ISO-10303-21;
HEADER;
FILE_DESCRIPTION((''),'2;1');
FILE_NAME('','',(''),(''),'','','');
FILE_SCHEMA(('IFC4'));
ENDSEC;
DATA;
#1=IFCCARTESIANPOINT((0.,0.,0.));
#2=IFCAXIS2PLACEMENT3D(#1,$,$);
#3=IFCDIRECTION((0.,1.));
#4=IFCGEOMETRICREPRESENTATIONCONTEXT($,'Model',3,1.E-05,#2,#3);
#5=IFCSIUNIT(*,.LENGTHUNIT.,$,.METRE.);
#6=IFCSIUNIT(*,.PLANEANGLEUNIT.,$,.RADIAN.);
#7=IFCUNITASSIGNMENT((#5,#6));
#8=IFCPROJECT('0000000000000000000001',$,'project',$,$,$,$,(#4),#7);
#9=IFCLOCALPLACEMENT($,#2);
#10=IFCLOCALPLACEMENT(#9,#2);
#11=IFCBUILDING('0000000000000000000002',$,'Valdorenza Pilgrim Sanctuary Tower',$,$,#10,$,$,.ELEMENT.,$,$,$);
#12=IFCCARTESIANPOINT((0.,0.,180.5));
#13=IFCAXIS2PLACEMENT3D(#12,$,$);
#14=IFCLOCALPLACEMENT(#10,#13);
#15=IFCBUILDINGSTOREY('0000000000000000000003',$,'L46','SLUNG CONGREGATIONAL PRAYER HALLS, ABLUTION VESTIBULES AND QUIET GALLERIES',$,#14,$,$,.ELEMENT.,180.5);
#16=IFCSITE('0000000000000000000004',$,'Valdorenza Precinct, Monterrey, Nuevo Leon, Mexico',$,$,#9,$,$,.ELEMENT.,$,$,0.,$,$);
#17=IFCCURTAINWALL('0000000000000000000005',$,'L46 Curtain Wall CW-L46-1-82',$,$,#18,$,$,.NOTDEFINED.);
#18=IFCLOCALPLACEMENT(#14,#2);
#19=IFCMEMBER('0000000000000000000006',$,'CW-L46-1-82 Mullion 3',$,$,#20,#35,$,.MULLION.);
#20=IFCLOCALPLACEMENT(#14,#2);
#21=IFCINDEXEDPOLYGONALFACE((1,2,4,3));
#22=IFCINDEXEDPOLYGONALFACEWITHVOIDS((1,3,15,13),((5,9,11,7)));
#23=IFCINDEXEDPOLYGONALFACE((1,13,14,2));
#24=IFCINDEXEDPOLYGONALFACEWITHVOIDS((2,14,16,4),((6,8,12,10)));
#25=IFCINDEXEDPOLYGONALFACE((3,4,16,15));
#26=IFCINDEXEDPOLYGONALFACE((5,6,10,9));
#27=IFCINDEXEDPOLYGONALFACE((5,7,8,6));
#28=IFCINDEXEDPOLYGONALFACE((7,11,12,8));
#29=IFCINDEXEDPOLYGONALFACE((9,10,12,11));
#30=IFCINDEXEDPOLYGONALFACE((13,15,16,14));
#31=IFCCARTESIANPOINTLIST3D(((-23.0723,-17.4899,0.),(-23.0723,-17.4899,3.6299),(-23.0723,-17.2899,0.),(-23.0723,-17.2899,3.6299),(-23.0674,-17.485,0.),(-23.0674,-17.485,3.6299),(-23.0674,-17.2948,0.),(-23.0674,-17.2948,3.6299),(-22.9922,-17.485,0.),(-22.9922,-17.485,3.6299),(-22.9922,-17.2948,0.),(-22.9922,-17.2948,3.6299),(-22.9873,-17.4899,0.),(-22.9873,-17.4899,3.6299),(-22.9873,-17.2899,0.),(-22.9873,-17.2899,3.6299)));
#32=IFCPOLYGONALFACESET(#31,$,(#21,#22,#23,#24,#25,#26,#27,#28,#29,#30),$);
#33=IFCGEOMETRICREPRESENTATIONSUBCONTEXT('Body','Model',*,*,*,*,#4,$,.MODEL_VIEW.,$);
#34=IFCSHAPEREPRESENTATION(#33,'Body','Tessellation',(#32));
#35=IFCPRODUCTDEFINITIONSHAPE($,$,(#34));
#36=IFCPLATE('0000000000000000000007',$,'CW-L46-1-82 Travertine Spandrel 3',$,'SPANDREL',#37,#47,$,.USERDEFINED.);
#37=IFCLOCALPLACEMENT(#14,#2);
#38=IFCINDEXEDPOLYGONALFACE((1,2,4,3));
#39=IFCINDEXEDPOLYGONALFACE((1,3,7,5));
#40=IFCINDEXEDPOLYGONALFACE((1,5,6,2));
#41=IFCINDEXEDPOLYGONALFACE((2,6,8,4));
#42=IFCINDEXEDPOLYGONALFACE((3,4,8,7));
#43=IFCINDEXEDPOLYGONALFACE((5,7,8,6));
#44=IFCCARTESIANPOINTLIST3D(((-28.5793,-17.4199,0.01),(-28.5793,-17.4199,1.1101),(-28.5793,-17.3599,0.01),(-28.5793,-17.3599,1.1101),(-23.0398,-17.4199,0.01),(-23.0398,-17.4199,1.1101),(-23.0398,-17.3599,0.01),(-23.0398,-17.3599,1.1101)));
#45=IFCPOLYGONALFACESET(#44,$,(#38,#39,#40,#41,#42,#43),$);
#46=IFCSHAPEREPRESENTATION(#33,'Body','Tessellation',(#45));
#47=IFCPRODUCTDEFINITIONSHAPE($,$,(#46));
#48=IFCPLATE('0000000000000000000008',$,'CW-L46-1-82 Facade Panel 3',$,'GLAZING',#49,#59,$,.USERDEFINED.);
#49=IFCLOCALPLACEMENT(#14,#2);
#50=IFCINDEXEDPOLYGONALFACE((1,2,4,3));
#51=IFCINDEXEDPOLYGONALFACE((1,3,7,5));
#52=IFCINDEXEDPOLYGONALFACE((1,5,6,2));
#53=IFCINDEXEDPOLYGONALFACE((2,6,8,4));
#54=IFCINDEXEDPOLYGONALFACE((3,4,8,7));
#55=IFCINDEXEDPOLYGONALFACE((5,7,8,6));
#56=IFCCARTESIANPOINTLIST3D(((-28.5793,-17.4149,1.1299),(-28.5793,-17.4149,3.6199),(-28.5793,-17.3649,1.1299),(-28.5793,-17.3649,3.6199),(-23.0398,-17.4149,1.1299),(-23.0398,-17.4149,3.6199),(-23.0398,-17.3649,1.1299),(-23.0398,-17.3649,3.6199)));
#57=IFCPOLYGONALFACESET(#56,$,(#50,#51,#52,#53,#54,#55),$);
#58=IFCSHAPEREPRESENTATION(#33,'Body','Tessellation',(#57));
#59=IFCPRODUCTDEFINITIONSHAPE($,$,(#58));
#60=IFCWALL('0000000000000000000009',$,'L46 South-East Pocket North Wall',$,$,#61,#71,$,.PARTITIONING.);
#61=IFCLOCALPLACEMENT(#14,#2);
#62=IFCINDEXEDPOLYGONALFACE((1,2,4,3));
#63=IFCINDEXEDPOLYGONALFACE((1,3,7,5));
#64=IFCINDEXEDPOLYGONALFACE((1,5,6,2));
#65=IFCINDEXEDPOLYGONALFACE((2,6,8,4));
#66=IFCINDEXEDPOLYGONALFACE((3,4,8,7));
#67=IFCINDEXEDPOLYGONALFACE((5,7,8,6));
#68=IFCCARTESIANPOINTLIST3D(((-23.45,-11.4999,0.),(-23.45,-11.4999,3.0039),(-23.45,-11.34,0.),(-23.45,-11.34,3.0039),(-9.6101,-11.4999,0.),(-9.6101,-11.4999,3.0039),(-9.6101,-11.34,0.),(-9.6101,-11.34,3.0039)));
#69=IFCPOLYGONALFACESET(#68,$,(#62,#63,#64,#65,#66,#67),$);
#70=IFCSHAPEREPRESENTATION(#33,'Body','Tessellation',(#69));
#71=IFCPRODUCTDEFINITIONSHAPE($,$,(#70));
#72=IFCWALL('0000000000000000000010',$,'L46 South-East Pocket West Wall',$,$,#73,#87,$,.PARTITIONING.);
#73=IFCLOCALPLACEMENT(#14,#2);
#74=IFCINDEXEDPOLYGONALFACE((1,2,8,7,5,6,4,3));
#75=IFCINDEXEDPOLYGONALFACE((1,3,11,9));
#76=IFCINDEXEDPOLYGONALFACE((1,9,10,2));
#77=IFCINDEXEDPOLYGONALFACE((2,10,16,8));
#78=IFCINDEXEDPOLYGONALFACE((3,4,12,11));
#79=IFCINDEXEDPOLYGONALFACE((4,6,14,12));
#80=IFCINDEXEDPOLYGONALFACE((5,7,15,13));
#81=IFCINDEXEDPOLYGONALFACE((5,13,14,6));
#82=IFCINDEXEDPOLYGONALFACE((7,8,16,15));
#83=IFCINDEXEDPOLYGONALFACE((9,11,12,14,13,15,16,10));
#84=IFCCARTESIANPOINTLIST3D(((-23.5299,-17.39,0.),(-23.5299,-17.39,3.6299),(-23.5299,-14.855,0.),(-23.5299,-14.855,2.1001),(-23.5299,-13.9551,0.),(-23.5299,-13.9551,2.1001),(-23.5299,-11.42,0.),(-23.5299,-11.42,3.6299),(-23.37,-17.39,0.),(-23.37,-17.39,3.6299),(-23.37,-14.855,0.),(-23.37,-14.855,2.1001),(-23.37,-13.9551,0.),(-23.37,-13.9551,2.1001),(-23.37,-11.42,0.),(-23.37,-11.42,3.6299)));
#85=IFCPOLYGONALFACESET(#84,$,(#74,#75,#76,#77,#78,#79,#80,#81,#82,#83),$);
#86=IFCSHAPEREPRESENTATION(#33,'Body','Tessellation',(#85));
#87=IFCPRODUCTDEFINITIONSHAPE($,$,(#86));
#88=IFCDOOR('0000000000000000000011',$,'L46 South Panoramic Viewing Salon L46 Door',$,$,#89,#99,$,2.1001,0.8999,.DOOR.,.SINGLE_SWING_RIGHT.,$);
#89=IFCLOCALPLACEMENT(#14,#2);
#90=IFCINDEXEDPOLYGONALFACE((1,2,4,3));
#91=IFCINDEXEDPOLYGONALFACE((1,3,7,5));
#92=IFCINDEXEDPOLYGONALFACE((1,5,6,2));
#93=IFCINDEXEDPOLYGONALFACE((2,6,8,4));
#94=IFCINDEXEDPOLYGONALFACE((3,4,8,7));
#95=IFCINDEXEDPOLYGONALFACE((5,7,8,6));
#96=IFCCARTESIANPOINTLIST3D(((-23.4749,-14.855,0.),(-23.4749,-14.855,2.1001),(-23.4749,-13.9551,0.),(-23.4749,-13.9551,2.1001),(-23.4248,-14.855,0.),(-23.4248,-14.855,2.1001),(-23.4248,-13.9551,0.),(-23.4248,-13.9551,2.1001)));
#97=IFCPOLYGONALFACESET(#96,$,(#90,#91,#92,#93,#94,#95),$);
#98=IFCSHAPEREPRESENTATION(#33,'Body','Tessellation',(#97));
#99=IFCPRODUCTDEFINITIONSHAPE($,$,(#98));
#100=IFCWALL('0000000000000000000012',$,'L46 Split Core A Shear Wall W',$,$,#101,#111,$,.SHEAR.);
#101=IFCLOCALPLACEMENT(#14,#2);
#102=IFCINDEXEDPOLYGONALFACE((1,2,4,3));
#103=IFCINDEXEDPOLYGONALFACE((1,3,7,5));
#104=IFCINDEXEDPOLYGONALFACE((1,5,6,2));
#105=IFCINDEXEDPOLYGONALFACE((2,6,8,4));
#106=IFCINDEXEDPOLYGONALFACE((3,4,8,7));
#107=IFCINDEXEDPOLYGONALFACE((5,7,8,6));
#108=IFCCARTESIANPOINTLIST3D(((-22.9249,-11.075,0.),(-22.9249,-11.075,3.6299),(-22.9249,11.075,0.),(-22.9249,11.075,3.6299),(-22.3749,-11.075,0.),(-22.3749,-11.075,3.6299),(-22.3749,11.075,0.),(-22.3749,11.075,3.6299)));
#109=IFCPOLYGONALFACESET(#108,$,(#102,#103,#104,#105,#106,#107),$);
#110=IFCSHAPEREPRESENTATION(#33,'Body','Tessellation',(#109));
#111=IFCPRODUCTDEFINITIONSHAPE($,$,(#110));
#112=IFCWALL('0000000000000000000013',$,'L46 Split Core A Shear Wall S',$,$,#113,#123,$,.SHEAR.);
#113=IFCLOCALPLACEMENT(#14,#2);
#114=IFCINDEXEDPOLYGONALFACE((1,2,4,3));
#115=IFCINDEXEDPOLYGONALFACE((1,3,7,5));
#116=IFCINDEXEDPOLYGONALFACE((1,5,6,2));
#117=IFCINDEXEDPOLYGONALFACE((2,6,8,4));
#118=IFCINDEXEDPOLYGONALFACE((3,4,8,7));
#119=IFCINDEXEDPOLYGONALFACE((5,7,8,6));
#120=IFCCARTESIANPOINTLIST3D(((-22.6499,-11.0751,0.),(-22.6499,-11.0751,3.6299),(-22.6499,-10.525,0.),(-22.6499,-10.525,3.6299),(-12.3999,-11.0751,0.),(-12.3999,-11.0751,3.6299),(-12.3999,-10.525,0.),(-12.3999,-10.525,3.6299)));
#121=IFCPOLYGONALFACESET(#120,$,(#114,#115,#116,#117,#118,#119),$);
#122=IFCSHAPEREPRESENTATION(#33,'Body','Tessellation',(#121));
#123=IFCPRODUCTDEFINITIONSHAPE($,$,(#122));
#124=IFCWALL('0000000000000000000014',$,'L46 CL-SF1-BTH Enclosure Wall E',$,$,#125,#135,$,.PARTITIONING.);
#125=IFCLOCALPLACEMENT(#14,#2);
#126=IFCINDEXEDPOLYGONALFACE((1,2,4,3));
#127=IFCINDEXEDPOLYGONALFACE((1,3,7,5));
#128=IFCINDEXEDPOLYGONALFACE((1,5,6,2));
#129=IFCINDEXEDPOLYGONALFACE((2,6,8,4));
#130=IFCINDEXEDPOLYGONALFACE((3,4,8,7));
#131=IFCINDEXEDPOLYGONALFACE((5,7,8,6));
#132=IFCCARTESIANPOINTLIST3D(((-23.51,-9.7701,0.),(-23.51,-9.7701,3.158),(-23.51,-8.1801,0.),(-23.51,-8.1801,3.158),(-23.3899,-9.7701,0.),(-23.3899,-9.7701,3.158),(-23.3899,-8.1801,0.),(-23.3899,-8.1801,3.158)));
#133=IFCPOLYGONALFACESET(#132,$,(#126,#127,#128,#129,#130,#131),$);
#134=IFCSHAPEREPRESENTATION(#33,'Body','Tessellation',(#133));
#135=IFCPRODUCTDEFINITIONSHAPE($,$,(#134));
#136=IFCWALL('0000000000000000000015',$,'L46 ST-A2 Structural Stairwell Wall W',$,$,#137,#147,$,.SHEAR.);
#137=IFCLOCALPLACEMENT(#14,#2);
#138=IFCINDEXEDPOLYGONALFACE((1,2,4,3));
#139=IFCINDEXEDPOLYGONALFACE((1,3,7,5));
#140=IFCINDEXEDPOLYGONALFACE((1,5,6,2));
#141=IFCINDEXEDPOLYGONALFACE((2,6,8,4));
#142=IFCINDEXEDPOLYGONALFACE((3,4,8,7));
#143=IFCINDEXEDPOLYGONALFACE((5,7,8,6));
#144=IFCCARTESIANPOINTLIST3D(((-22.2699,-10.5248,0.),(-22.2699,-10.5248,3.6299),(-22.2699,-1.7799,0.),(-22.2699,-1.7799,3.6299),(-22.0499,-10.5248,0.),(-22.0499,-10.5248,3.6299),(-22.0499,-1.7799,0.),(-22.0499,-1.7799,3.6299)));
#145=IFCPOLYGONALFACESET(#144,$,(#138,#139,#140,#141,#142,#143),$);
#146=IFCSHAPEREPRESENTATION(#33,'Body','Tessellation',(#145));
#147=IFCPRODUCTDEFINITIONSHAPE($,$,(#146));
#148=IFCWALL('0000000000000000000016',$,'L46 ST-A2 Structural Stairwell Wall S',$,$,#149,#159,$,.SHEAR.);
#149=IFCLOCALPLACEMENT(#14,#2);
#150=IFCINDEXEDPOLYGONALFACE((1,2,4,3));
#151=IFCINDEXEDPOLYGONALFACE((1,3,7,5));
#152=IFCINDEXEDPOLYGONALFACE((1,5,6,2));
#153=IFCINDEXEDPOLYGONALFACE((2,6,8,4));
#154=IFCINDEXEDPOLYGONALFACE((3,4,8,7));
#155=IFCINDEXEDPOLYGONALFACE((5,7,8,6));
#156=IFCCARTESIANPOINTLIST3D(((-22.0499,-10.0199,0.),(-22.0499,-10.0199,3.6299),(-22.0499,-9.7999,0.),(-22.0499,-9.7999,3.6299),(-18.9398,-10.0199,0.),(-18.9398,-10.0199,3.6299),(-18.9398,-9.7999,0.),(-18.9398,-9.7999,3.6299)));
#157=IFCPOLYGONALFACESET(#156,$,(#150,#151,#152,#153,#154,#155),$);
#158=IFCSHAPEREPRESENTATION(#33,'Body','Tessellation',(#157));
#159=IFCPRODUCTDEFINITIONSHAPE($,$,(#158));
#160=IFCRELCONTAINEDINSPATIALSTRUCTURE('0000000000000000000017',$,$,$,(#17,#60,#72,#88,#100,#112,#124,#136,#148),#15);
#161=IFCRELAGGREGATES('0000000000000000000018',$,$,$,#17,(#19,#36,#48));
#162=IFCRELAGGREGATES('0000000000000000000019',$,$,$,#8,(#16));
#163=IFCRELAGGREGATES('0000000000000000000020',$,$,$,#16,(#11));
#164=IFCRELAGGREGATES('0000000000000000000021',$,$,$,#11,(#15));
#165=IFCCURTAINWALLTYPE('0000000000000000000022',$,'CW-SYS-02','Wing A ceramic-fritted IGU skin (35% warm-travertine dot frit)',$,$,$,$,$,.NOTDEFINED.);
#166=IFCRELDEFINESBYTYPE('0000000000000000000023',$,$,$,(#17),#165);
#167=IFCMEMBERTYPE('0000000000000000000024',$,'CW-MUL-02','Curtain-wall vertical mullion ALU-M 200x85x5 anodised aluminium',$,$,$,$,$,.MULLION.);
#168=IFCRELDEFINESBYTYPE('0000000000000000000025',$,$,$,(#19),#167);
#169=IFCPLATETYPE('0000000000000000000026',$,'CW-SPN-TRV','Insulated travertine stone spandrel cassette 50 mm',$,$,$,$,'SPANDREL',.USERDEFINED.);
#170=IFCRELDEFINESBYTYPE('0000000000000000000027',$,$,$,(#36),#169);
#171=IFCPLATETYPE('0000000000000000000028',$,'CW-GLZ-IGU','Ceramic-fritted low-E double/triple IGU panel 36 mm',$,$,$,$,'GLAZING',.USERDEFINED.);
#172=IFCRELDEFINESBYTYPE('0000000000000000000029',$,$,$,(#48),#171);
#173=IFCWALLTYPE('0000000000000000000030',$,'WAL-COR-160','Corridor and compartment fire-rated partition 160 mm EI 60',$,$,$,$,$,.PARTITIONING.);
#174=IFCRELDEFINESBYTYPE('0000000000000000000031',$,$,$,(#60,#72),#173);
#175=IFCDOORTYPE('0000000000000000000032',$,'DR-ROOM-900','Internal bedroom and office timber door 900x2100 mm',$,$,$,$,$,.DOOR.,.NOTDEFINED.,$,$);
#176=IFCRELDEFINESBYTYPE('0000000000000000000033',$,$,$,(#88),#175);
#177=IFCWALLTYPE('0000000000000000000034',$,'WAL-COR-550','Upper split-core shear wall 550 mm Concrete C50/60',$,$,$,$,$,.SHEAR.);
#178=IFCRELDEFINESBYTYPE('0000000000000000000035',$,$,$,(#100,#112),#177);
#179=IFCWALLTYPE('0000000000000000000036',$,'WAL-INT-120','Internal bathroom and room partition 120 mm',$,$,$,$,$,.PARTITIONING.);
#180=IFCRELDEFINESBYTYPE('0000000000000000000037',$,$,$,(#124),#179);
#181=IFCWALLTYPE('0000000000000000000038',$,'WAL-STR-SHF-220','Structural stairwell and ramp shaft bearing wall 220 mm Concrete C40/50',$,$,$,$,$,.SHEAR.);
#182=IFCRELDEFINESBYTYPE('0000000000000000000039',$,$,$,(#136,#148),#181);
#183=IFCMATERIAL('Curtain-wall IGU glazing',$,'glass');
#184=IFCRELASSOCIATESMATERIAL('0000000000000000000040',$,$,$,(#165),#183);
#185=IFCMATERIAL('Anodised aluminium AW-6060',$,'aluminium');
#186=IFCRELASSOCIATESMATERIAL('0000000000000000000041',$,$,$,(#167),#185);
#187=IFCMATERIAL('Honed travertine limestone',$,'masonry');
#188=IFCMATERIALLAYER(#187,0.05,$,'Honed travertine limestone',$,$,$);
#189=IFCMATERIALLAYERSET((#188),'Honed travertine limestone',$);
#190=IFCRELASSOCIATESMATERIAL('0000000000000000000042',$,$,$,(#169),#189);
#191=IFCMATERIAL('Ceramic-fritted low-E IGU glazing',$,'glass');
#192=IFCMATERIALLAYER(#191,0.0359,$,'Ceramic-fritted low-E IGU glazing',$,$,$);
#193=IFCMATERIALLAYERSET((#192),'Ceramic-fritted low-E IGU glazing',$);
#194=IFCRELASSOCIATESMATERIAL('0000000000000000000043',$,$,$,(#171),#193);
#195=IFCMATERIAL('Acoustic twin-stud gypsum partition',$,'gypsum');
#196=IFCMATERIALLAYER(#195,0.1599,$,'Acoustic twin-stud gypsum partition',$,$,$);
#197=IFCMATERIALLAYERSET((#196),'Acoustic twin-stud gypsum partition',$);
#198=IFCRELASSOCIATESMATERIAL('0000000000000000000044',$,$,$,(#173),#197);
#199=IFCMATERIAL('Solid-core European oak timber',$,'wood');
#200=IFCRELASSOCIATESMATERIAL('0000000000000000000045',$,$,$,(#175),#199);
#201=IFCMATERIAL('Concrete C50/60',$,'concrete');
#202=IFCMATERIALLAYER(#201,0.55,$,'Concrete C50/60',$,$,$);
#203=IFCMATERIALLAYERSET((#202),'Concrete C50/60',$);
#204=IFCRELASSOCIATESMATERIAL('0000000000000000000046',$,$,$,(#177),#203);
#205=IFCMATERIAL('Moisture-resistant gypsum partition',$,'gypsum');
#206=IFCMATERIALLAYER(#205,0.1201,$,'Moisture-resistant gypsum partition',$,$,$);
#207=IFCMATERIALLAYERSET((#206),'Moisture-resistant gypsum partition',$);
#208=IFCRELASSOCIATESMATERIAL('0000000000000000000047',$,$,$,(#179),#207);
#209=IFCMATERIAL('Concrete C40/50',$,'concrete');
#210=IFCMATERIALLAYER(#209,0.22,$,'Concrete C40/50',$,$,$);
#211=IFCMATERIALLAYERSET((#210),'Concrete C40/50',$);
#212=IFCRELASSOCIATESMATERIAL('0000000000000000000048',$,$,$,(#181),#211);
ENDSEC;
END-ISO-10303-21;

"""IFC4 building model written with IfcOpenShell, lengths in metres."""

from ifc_helpers import new_model, si_unit, direction, frame, frame_2d, origin, origin_2d, place, context, subcontext, project, spatial, rectangle, hollow_rectangle, extrude, source, transform, mapped, material, layer, layer_set, material_profile, profile_set, type_object, element, fill, aggregate, save


model = new_model("IFC4")

# Units and contexts
model_context = context("Model", 3, precision=1e-05, world=origin(), true_north=direction((0.0, 1.0)))
body_context = subcontext(model_context, "Body", "Model", "MODEL_VIEW")
ifc_project = project(units=[si_unit("LENGTHUNIT", "METRE"), si_unit("PLANEANGLEUNIT", "RADIAN")], contexts=[model_context])

# Site, building, storey
site_placement = place(None, origin())
site = spatial("IfcSite", under=ifc_project, at=site_placement, Name="Valdorenza Precinct, Monterrey, Nuevo Leon, Mexico", CompositionType="ELEMENT", RefElevation=0.0)
building_placement = place(site_placement, origin())
building = spatial("IfcBuilding", under=site, at=building_placement, Name="Valdorenza Pilgrim Sanctuary Tower", CompositionType="ELEMENT")
storey_placement = place(building_placement, frame((0.0, 0.0, 180.5)))
storey = spatial("IfcBuildingStorey", under=building, at=storey_placement, Name="L46", Description="SLUNG CONGREGATIONAL PRAYER HALLS, ABLUTION VESTIBULES AND QUIET GALLERIES", CompositionType="ELEMENT", Elevation=180.5)

# Shared definitions
ifc_material_1 = material(Name="Concrete C50/60", Category="concrete")

# Curtain wall, member, plates
ifc_material_2 = material(Name="Curtain-wall IGU glazing", Category="glass")
curtain_wall_type = type_object("IfcCurtainWallType", Name="CW-SYS-02", Description="Wing A ceramic-fritted IGU skin (35% warm-travertine dot frit)", PredefinedType="NOTDEFINED", material=ifc_material_2)
curtain_wall_placement = place(storey_placement, origin())
curtain_wall = element("IfcCurtainWall", 1, at=curtain_wall_placement, inside=storey, type_object=curtain_wall_type, Name="L46 Curtain Wall CW-L46-1-82", PredefinedType="NOTDEFINED")
ifc_material_3 = material(Name="Anodised aluminium AW-6060", Category="aluminium")
ifc_material_profile_1 = material_profile(ifc_material_3, hollow_rectangle(XDim=0.085, YDim=0.2, WallThickness=0.0049, at=origin_2d()), Name="ALU-M 200x85x5")
ifc_profile_set_1 = profile_set([ifc_material_profile_1], Name="Anodised aluminium AW-6060")
member_type = type_object("IfcMemberType", Name="CW-MUL-02", Description="Curtain-wall vertical mullion ALU-M 200x85x5 anodised aluminium", PredefinedType="MULLION", material=ifc_profile_set_1)
shared_shape_1 = source(origin(), body_context, "Body", "SweptSolid", [
    extrude(hollow_rectangle(XDim=0.085, YDim=0.2, WallThickness=0.0049, at=origin_2d()), origin(), (0.0, 0.0, 1.0), 3.6299),
])
member_placement = place(storey_placement, frame((-23.0298, -17.3899, 0.0), z_axis=(0.0, 0.0, 1.0), x_axis=(-1.0, 0.0, 0.0)))
member = element("IfcMember", 2, at=member_placement, type_object=member_type, Name="CW-L46-1-82 Mullion 3", PredefinedType="MULLION", context=body_context, shape_type="MappedRepresentation", body=[
    mapped(shared_shape_1, transform((0.0, 0.0, 0.0), x_axis=(1.0, 0.0, 0.0), y_axis=(0.0, 1.0, 0.0), z_axis=(0.0, 0.0, 1.0), scale=1.0)),
])
ifc_material_4 = material(Name="Honed travertine limestone", Category="masonry")
ifc_layer_1 = layer(ifc_material_4, 0.05, Name="Honed travertine limestone")
ifc_layer_set_1 = layer_set([ifc_layer_1], Name="Honed travertine limestone")
plate_type_1 = type_object("IfcPlateType", Name="CW-SPN-TRV", Description="Insulated travertine stone spandrel cassette 50 mm", ElementType="SPANDREL", PredefinedType="USERDEFINED", material=ifc_layer_set_1)
shared_shape_2 = source(origin(), body_context, "Body", "SweptSolid", [
    extrude(rectangle(XDim=5.5396, YDim=0.0601, at=origin_2d()), origin(), (0.0, 0.0, 1.0), 1.1001),
])
plate_1_placement = place(storey_placement, frame((-25.8096, -17.3899, 0.01), z_axis=(0.0, 0.0, 1.0), x_axis=(-1.0, 0.0, 0.0)))
plate_1 = element("IfcPlate", 3, at=plate_1_placement, type_object=plate_type_1, Name="CW-L46-1-82 Travertine Spandrel 3", ObjectType="SPANDREL", PredefinedType="USERDEFINED", context=body_context, shape_type="MappedRepresentation", body=[
    mapped(shared_shape_2, transform((0.0, 0.0, 0.0), x_axis=(1.0, 0.0, 0.0), y_axis=(0.0, 1.0, 0.0), z_axis=(0.0, 0.0, 1.0), scale=1.0)),
])
ifc_material_5 = material(Name="Ceramic-fritted low-E IGU glazing", Category="glass")
ifc_layer_2 = layer(ifc_material_5, 0.0359, Name="Ceramic-fritted low-E IGU glazing")
ifc_layer_set_2 = layer_set([ifc_layer_2], Name="Ceramic-fritted low-E IGU glazing")
plate_type_2 = type_object("IfcPlateType", Name="CW-GLZ-IGU", Description="Ceramic-fritted low-E double/triple IGU panel 36 mm", ElementType="GLAZING", PredefinedType="USERDEFINED", material=ifc_layer_set_2)
shared_shape_3 = source(origin(), body_context, "Body", "SweptSolid", [
    extrude(rectangle(XDim=5.5396, YDim=0.05, at=origin_2d()), origin(), (0.0, 0.0, 1.0), 2.49),
])
plate_2_placement = place(storey_placement, frame((-25.8096, -17.3899, 1.1299), z_axis=(0.0, 0.0, 1.0), x_axis=(-1.0, 0.0, 0.0)))
plate_2 = element("IfcPlate", 4, at=plate_2_placement, type_object=plate_type_2, Name="CW-L46-1-82 Facade Panel 3", ObjectType="GLAZING", PredefinedType="USERDEFINED", context=body_context, shape_type="MappedRepresentation", body=[
    mapped(shared_shape_3, transform((0.0, 0.0, 0.0), x_axis=(1.0, 0.0, 0.0), y_axis=(0.0, 1.0, 0.0), z_axis=(0.0, 0.0, 1.0), scale=1.0)),
])
aggregate(curtain_wall, [member, plate_1, plate_2])

# Wall
ifc_material_6 = material(Name="Acoustic twin-stud gypsum partition", Category="gypsum")
ifc_layer_3 = layer(ifc_material_6, 0.1599, Name="Acoustic twin-stud gypsum partition")
ifc_layer_set_3 = layer_set([ifc_layer_3], Name="Acoustic twin-stud gypsum partition")
wall_type_1 = type_object("IfcWallType", Name="WAL-COR-160", Description="Corridor and compartment fire-rated partition 160 mm EI 60", PredefinedType="PARTITIONING", material=ifc_layer_set_3)
wall_1_placement = place(storey_placement, frame((-23.45, -11.4199, 0.0), z_axis=(0.0, 0.0, 1.0), x_axis=(1.0, 0.0, 0.0)))
element("IfcWall", 5, at=wall_1_placement, inside=storey, type_object=wall_type_1, Name="L46 South-East Pocket North Wall", PredefinedType="PARTITIONING", context=body_context, shape_type="SweptSolid", body=[
    extrude(rectangle(XDim=13.8398, YDim=0.1599, at=frame_2d((6.9199, 0.0))), origin(), (0.0, 0.0, 1.0), 3.0039),
])

# Wall, opening, door
wall_2_placement = place(storey_placement, frame((-23.45, -17.3899, 0.0), z_axis=(0.0, 0.0, 1.0), x_axis=(0.0, 1.0, 0.0)))
wall_2 = element("IfcWall", 6, at=wall_2_placement, inside=storey, type_object=wall_type_1, Name="L46 South-East Pocket West Wall", PredefinedType="PARTITIONING", context=body_context, shape_type="SweptSolid", body=[
    extrude(rectangle(XDim=5.97, YDim=0.1599, at=frame_2d((2.9849, 0.0))), origin(), (0.0, 0.0, 1.0), 3.6299),
])
opening_placement = place(wall_2_placement, frame((2.5349, 0.0, 0.0)))
opening = element("IfcOpeningElement", 7, at=opening_placement, cuts=wall_2, PredefinedType="OPENING", context=body_context, shape_type="SweptSolid", body=[
    extrude(rectangle(XDim=0.8999, YDim=2.1001, at=frame_2d((0.45, 1.05))), frame((0.0, 0.0947, 0.0), z_axis=(0.0, -1.0, 0.0), x_axis=(1.0, 0.0, 0.0)), (0.0, 0.0, 1.0), 0.1897),
])
ifc_material_7 = material(Name="Solid-core European oak timber", Category="wood")
door_type = type_object("IfcDoorType", Name="DR-ROOM-900", Description="Internal bedroom and office timber door 900x2100 mm", OperationType="NOTDEFINED", PredefinedType="DOOR", material=ifc_material_7)
door_placement = place(opening_placement, origin())
door = element("IfcDoor", 8, at=door_placement, inside=storey, type_object=door_type, Name="L46 South Panoramic Viewing Salon L46 Door", OperationType="SINGLE_SWING_RIGHT", OverallHeight=2.1001, OverallWidth=0.8999, PredefinedType="DOOR", context=body_context, shape_type="SweptSolid", body=[
    extrude(rectangle(XDim=0.8999, YDim=2.1001, at=frame_2d((0.45, 1.05))), frame((0.0, 0.0249, 0.0), z_axis=(0.0, -1.0, 0.0), x_axis=(1.0, 0.0, 0.0)), (0.0, 0.0, 1.0), 0.05),
])
fill(opening, door)

# Walls
ifc_layer_4 = layer(ifc_material_1, 0.55, Name="Concrete C50/60")
ifc_layer_set_4 = layer_set([ifc_layer_4], Name="Concrete C50/60")
wall_type_2 = type_object("IfcWallType", Name="WAL-COR-550", Description="Upper split-core shear wall 550 mm Concrete C50/60", PredefinedType="SHEAR", material=ifc_layer_set_4)
wall_3_placement = place(storey_placement, frame((-22.6499, -11.075, 0.0), z_axis=(0.0, 0.0, 1.0), x_axis=(0.0, 1.0, 0.0)))
element("IfcWall", 9, at=wall_3_placement, inside=storey, type_object=wall_type_2, Name="L46 Split Core A Shear Wall W", PredefinedType="SHEAR", context=body_context, shape_type="SweptSolid", body=[
    extrude(rectangle(XDim=22.1499, YDim=0.55, at=frame_2d((11.075, 0.0))), origin(), (0.0, 0.0, 1.0), 3.6299),
])
wall_4_placement = place(storey_placement, frame((-22.6499, -10.8, 0.0), z_axis=(0.0, 0.0, 1.0), x_axis=(1.0, 0.0, 0.0)))
element("IfcWall", 10, at=wall_4_placement, inside=storey, type_object=wall_type_2, Name="L46 Split Core A Shear Wall S", PredefinedType="SHEAR", context=body_context, shape_type="SweptSolid", body=[
    extrude(rectangle(XDim=10.25, YDim=0.55, at=frame_2d((5.125, 0.0))), origin(), (0.0, 0.0, 1.0), 3.6299),
])
ifc_material_8 = material(Name="Moisture-resistant gypsum partition", Category="gypsum")
ifc_layer_5 = layer(ifc_material_8, 0.1201, Name="Moisture-resistant gypsum partition")
ifc_layer_set_5 = layer_set([ifc_layer_5], Name="Moisture-resistant gypsum partition")
wall_type_3 = type_object("IfcWallType", Name="WAL-INT-120", Description="Internal bathroom and room partition 120 mm", PredefinedType="PARTITIONING", material=ifc_layer_set_5)
wall_5_placement = place(storey_placement, frame((-23.45, -9.77, 0.0), z_axis=(0.0, 0.0, 1.0), x_axis=(0.0, 1.0, 0.0)))
element("IfcWall", 11, at=wall_5_placement, inside=storey, type_object=wall_type_3, Name="L46 CL-SF1-BTH Enclosure Wall E", PredefinedType="PARTITIONING", context=body_context, shape_type="SweptSolid", body=[
    extrude(rectangle(XDim=1.5901, YDim=0.1201, at=frame_2d((0.7949, 0.0))), origin(), (0.0, 0.0, 1.0), 3.158),
])
ifc_material_9 = material(Name="Concrete C40/50", Category="concrete")
ifc_layer_6 = layer(ifc_material_9, 0.22, Name="Concrete C40/50")
ifc_layer_set_6 = layer_set([ifc_layer_6], Name="Concrete C40/50")
wall_type_4 = type_object("IfcWallType", Name="WAL-STR-SHF-220", Description="Structural stairwell and ramp shaft bearing wall 220 mm Concrete C40/50", PredefinedType="SHEAR", material=ifc_layer_set_6)
wall_6_placement = place(storey_placement, frame((-22.1599, -10.5249, 0.0), z_axis=(0.0, 0.0, 1.0), x_axis=(0.0, 1.0, 0.0)))
element("IfcWall", 12, at=wall_6_placement, inside=storey, type_object=wall_type_4, Name="L46 ST-A2 Structural Stairwell Wall W", PredefinedType="SHEAR", context=body_context, shape_type="SweptSolid", body=[
    extrude(rectangle(XDim=8.7449, YDim=0.22, at=frame_2d((4.3726, 0.0))), origin(), (0.0, 0.0, 1.0), 3.6299),
])
wall_7_placement = place(storey_placement, frame((-22.05, -9.9099, 0.0), z_axis=(0.0, 0.0, 1.0), x_axis=(1.0, 0.0, 0.0)))
element("IfcWall", 13, at=wall_7_placement, inside=storey, type_object=wall_type_4, Name="L46 ST-A2 Structural Stairwell Wall S", PredefinedType="SHEAR", context=body_context, shape_type="SweptSolid", body=[
    extrude(rectangle(XDim=3.1101, YDim=0.22, at=frame_2d((1.5552, 0.0))), origin(), (0.0, 0.0, 1.0), 3.6299),
])

save(model, "model.ifc")
